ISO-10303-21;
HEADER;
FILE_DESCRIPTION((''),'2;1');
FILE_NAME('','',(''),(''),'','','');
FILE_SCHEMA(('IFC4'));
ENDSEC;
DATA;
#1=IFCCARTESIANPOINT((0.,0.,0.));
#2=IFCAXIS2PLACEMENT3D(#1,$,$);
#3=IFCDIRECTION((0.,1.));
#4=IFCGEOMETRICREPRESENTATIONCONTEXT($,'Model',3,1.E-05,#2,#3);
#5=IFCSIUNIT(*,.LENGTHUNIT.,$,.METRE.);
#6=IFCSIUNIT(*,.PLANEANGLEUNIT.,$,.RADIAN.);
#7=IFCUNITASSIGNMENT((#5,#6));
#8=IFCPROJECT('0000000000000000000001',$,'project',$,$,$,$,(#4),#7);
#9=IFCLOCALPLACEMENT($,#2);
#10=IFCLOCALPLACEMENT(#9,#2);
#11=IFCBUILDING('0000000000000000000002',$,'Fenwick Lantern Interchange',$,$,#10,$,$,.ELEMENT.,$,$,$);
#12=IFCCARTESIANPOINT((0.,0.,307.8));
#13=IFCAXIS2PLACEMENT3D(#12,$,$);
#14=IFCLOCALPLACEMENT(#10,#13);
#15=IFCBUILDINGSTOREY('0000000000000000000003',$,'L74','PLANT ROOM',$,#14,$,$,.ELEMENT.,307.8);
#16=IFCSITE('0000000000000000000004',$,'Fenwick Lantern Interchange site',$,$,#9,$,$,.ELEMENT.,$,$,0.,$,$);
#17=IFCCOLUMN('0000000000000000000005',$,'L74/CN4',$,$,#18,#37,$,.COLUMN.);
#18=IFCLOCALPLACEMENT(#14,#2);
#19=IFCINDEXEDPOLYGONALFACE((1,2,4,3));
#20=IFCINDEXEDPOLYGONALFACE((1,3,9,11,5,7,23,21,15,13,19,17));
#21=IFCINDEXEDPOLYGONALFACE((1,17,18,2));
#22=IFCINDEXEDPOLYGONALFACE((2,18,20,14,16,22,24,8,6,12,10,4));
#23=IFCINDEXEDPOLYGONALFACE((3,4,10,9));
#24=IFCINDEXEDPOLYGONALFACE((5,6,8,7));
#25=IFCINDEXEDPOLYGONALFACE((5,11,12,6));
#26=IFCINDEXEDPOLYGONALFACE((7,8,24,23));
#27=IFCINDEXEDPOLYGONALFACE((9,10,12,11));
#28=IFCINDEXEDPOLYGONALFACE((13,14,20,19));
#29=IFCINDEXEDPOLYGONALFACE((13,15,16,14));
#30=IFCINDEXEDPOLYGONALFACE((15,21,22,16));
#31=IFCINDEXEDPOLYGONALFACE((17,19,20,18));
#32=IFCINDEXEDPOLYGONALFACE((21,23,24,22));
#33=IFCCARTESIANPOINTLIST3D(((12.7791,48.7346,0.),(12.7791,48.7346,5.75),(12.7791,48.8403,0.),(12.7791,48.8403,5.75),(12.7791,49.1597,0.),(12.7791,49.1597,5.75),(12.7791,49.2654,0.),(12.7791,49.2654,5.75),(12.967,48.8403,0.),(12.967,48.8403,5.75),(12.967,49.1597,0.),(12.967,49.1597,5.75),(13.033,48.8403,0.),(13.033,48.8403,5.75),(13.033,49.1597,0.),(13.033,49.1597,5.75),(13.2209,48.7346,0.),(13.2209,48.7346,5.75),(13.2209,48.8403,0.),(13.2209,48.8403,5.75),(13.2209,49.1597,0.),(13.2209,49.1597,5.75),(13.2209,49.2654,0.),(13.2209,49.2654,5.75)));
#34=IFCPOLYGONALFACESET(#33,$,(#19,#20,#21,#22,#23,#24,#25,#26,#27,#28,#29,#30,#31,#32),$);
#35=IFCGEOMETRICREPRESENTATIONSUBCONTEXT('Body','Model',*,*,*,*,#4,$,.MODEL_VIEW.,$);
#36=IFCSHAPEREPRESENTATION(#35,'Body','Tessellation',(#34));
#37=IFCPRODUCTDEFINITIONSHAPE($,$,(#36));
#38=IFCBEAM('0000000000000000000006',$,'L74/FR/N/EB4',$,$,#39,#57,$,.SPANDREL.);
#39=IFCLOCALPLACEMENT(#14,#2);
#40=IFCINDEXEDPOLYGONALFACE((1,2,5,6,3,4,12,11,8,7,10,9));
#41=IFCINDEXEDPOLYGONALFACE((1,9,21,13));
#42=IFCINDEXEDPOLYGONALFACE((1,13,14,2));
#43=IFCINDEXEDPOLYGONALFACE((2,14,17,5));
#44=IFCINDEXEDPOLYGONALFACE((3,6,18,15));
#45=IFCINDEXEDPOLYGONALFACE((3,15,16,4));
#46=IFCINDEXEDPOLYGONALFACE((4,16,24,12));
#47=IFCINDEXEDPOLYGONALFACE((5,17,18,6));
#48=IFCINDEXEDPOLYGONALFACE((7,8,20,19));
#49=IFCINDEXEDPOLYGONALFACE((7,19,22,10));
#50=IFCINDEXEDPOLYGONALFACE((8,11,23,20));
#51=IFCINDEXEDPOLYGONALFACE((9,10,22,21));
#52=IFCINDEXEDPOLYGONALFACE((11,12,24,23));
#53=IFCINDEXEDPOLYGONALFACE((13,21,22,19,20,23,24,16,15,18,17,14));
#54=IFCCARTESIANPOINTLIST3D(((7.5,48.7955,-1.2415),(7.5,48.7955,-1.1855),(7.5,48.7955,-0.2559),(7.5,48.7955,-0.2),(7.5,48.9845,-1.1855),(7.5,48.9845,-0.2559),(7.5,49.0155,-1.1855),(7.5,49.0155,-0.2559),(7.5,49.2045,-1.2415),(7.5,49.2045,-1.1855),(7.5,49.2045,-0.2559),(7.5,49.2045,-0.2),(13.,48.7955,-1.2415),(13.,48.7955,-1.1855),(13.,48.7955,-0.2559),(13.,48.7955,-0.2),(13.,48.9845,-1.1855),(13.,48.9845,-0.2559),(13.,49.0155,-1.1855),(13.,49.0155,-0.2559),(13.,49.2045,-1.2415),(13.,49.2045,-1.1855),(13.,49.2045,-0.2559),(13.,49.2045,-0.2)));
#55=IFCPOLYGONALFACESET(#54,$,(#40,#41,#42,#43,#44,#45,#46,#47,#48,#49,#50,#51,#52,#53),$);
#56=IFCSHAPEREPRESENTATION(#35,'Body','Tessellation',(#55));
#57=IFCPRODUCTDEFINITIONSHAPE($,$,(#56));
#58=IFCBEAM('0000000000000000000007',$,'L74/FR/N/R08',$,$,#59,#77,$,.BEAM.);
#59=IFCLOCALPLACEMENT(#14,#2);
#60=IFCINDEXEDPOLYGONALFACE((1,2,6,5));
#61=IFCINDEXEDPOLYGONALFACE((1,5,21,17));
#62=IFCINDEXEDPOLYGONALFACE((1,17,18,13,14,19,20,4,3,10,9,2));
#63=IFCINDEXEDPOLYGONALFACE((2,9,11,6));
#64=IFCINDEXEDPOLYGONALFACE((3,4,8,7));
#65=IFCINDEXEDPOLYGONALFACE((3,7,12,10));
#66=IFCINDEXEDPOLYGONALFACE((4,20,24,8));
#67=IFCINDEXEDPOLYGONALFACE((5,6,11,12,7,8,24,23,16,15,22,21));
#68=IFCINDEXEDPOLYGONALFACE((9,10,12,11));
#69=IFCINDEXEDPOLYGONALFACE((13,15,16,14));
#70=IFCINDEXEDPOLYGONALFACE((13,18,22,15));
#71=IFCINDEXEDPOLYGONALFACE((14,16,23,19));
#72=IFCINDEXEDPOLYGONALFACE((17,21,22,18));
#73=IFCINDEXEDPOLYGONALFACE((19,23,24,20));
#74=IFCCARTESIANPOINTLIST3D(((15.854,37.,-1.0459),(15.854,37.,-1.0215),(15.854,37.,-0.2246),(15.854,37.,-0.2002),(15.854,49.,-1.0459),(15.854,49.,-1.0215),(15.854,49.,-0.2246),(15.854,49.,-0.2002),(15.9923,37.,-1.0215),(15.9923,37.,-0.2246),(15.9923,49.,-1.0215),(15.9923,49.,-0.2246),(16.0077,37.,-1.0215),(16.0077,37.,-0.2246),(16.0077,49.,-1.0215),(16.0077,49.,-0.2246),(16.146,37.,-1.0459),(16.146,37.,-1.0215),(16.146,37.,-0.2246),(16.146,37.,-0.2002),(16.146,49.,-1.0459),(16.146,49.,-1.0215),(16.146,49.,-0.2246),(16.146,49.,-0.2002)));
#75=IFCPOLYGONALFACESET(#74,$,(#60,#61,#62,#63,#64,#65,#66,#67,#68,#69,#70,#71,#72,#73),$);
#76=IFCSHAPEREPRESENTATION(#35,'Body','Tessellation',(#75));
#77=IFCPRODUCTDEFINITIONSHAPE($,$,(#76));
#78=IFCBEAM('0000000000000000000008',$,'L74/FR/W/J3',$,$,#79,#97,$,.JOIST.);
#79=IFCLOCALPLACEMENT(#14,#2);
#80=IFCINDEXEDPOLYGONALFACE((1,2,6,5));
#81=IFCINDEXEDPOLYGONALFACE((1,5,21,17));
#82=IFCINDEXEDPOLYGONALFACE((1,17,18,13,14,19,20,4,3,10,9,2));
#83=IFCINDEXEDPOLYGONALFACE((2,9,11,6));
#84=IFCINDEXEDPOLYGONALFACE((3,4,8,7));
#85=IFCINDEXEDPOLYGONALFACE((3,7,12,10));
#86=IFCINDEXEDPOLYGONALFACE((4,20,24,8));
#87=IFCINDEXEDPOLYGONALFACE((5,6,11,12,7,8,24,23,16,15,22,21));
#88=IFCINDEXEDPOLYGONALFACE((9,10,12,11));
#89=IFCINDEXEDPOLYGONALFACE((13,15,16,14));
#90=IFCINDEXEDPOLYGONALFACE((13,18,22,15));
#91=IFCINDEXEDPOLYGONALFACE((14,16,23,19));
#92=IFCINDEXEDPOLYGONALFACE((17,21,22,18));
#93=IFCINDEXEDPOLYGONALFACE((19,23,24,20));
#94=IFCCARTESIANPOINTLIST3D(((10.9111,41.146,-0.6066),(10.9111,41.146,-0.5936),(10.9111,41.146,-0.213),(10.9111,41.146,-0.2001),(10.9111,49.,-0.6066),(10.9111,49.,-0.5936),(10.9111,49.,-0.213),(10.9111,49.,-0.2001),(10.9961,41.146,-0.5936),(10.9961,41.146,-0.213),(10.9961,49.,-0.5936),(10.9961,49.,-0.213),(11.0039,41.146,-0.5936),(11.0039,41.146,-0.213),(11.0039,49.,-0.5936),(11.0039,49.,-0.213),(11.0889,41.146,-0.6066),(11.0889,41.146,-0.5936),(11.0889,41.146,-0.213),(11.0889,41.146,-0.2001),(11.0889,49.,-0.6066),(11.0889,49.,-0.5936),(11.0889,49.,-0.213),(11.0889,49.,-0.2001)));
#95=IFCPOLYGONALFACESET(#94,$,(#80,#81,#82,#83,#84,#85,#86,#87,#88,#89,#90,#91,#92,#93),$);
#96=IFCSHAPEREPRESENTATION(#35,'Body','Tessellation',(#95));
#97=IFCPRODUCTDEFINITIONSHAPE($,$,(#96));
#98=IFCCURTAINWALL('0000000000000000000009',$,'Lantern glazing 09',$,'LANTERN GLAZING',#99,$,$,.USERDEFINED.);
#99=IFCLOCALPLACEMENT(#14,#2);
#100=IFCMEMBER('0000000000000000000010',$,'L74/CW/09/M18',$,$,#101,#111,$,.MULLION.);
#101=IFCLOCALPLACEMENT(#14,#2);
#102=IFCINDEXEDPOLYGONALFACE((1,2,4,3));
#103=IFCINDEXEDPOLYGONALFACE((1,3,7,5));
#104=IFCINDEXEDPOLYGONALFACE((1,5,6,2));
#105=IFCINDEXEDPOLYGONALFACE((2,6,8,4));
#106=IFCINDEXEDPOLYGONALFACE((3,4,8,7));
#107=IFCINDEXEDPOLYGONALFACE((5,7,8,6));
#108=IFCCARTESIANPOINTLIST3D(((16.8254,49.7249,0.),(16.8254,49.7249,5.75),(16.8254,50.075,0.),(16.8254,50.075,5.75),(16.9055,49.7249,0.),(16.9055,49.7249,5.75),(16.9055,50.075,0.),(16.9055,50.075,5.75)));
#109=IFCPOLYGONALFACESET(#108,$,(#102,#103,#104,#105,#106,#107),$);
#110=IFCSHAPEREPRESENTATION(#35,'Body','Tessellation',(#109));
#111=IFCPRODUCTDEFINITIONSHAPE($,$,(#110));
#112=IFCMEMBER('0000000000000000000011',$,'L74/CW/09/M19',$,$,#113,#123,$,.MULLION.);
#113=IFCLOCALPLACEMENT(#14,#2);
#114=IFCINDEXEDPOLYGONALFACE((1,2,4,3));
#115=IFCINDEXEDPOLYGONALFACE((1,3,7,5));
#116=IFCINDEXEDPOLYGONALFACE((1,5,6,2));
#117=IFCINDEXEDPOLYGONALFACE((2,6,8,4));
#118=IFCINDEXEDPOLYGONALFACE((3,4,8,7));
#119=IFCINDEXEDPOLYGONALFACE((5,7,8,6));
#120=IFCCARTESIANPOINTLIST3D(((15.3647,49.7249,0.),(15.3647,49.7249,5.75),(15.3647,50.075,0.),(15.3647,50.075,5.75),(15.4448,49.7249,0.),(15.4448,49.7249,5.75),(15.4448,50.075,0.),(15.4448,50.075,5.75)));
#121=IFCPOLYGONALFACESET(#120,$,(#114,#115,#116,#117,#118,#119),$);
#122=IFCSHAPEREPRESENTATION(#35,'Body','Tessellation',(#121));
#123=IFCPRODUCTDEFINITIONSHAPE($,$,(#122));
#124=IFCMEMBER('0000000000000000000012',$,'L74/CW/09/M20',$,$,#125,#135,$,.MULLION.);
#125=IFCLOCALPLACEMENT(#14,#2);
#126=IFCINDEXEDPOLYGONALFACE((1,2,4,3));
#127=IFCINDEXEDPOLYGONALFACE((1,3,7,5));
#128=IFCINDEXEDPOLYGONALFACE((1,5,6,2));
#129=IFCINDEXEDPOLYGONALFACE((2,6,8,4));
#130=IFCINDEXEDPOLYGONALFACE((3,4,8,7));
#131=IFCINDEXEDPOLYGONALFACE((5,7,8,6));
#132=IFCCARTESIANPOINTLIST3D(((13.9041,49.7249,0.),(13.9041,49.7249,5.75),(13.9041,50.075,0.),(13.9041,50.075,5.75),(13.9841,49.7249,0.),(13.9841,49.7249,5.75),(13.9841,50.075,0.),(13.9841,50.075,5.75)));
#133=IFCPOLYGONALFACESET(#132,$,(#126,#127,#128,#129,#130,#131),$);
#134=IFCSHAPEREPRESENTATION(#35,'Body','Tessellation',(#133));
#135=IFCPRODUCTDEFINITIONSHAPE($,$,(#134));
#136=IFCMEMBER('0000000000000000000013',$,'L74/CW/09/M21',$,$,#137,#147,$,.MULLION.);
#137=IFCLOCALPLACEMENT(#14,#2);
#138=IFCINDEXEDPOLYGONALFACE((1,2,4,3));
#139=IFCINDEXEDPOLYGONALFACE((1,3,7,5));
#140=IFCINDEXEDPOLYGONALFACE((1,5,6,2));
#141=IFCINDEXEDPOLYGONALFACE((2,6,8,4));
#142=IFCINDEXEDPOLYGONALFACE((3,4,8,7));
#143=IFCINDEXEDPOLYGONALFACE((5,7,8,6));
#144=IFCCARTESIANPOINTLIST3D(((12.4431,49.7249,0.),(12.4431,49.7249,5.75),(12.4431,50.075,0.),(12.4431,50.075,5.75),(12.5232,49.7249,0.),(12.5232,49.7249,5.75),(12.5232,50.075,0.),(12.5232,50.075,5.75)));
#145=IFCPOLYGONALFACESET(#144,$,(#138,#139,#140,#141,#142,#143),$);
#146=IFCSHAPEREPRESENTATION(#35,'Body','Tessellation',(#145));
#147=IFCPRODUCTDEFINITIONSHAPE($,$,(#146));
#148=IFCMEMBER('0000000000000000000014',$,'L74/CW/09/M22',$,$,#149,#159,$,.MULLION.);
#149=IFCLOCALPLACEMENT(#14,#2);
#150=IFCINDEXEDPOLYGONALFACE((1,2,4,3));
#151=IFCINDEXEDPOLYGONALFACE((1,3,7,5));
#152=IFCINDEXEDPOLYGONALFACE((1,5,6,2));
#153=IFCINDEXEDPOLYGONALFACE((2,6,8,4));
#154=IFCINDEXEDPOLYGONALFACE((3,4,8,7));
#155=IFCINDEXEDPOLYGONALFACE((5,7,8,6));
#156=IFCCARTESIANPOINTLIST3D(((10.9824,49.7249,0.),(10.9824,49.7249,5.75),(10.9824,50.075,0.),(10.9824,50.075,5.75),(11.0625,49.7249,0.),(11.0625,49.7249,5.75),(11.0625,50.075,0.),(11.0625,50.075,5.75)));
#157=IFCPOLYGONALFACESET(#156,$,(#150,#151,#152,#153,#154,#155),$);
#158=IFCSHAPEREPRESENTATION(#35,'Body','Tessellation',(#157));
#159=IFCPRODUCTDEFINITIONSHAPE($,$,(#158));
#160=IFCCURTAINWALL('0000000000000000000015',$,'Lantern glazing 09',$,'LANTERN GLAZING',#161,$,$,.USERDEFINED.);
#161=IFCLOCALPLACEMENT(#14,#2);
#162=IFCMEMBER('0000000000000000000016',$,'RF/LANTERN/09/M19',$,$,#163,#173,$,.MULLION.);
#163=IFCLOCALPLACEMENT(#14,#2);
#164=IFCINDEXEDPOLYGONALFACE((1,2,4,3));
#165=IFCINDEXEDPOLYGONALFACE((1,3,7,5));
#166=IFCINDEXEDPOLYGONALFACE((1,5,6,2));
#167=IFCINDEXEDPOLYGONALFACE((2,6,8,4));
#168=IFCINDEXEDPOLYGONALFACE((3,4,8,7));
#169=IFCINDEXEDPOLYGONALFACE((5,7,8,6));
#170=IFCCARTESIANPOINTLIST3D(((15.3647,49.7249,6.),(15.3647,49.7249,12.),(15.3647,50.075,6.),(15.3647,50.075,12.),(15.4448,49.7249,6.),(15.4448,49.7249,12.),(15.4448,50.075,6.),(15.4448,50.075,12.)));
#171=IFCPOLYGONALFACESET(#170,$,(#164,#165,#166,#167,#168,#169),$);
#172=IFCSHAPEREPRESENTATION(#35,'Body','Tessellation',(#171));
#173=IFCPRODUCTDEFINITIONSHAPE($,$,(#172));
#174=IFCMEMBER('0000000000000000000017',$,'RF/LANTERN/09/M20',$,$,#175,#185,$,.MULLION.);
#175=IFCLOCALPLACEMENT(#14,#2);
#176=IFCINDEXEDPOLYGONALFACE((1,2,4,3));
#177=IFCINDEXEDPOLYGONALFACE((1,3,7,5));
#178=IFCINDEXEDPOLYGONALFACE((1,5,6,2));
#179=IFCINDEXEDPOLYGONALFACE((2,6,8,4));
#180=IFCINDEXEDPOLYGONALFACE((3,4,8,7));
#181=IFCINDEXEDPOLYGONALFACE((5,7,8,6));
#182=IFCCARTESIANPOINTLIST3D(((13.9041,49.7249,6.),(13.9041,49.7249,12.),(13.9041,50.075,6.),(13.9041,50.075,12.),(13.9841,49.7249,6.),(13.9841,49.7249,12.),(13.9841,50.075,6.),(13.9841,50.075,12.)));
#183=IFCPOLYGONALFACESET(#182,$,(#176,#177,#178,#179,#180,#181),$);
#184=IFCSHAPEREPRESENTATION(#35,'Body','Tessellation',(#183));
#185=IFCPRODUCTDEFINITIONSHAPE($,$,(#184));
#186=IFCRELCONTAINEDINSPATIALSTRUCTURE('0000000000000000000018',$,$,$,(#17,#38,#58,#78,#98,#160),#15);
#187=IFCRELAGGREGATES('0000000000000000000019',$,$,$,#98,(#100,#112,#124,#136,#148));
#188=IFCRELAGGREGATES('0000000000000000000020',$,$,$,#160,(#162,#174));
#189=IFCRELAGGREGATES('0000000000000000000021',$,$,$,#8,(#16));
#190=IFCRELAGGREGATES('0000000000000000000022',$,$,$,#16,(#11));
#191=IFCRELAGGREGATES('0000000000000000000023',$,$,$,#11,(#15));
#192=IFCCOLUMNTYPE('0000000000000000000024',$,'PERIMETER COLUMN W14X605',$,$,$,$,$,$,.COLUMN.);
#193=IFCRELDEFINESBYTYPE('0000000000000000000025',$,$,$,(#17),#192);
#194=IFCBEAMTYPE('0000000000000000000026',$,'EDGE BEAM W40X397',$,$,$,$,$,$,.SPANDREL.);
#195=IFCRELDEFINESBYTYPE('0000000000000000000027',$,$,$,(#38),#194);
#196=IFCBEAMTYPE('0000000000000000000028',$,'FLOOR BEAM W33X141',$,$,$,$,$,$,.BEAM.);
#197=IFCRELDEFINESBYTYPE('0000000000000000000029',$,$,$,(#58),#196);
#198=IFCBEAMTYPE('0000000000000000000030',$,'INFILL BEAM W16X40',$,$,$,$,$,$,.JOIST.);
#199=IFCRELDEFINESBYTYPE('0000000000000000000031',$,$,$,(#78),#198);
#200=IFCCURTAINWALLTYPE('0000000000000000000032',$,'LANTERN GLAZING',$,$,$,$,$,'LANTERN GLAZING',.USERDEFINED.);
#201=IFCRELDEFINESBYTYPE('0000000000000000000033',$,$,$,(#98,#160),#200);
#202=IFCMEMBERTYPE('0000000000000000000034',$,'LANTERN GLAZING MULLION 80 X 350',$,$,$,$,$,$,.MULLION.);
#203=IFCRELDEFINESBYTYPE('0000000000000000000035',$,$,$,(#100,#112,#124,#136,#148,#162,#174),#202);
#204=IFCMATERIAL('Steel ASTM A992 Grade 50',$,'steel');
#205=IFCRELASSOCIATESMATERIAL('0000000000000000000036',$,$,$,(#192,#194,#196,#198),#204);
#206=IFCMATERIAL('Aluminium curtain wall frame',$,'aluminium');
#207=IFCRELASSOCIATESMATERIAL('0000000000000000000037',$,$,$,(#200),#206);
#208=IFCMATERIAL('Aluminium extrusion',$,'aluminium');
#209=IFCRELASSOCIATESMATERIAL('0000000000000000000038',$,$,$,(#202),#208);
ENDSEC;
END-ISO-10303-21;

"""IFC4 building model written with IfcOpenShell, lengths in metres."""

from ifc_helpers import new_model, si_unit, direction, frame, origin, origin_2d, place, context, subcontext, project, spatial, rectangle, i_section, extrude, material, material_profile, profile_set, type_object, element, aggregate, save


model = new_model("IFC4")

# Units and contexts
model_context = context("Model", 3, precision=1e-05, world=origin(), true_north=direction((0.0, 1.0)))
body_context = subcontext(model_context, "Body", "Model", "MODEL_VIEW")
ifc_project = project(units=[si_unit("LENGTHUNIT", "METRE"), si_unit("PLANEANGLEUNIT", "RADIAN")], contexts=[model_context])

# Site, building, storey
site_placement = place(None, origin())
site = spatial("IfcSite", under=ifc_project, at=site_placement, Name="Fenwick Lantern Interchange site", CompositionType="ELEMENT", RefElevation=0.0)
building_placement = place(site_placement, origin())
building = spatial("IfcBuilding", under=site, at=building_placement, Name="Fenwick Lantern Interchange", CompositionType="ELEMENT")
storey_placement = place(building_placement, frame((0.0, 0.0, 307.8)))
storey = spatial("IfcBuildingStorey", under=building, at=storey_placement, Name="L74", Description="PLANT ROOM", CompositionType="ELEMENT", Elevation=307.8)

# Column
ifc_material_1 = material(Name="Steel ASTM A992 Grade 50", Category="steel")
ifc_material_profile_1 = material_profile(ifc_material_1, i_section(OverallWidth=0.4419, OverallDepth=0.5308, WebThickness=0.0659, FlangeThickness=0.1057, at=origin_2d()), Name="W14X605")
ifc_profile_set_1 = profile_set([ifc_material_profile_1], Name="Steel ASTM A992 Grade 50")
column_type = type_object("IfcColumnType", Name="PERIMETER COLUMN W14X605", PredefinedType="COLUMN", material=ifc_profile_set_1)
column_placement = place(storey_placement, frame((13.0, 49.0, 0.0), z_axis=(0.0, 0.0, 1.0), x_axis=(1.0, 0.0, 0.0)))
element("IfcColumn", 1, at=column_placement, inside=storey, type_object=column_type, Name="L74/CN4", PredefinedType="COLUMN", context=body_context, shape_type="SweptSolid", body=[
    extrude(i_section(OverallWidth=0.4419, OverallDepth=0.5308, WebThickness=0.0659, FlangeThickness=0.1057, at=origin_2d()), origin(), (0.0, 0.0, 1.0), 5.75),
])

# Beams
ifc_material_profile_2 = material_profile(ifc_material_1, i_section(OverallWidth=0.4089, OverallDepth=1.0415, WebThickness=0.031, FlangeThickness=0.0559, at=origin_2d()), Name="W40X397")
ifc_profile_set_2 = profile_set([ifc_material_profile_2], Name="Steel ASTM A992 Grade 50")
beam_type_1 = type_object("IfcBeamType", Name="EDGE BEAM W40X397", PredefinedType="SPANDREL", material=ifc_profile_set_2)
beam_1_placement = place(storey_placement, frame((13.0, 49.0, -0.7207), z_axis=(-1.0, 0.0, 0.0), x_axis=(0.0, -1.0, 0.0)))
element("IfcBeam", 2, at=beam_1_placement, inside=storey, type_object=beam_type_1, Name="L74/FR/N/EB4", PredefinedType="SPANDREL", context=body_context, shape_type="SweptSolid", body=[
    extrude(i_section(OverallWidth=0.4089, OverallDepth=1.0415, WebThickness=0.031, FlangeThickness=0.0559, at=origin_2d()), origin(), (0.0, 0.0, 1.0), 5.5),
])
ifc_material_profile_3 = material_profile(ifc_material_1, i_section(OverallWidth=0.292, OverallDepth=0.8457, WebThickness=0.0154, FlangeThickness=0.0244, at=origin_2d()), Name="W33X141")
ifc_profile_set_3 = profile_set([ifc_material_profile_3], Name="Steel ASTM A992 Grade 50")
beam_type_2 = type_object("IfcBeamType", Name="FLOOR BEAM W33X141", PredefinedType="BEAM", material=ifc_profile_set_3)
beam_2_placement = place(storey_placement, frame((16.0, 49.0, -0.623), z_axis=(0.0, -1.0, 0.0), x_axis=(1.0, 0.0, 0.0)))
element("IfcBeam", 3, at=beam_2_placement, inside=storey, type_object=beam_type_2, Name="L74/FR/N/R08", PredefinedType="BEAM", context=body_context, shape_type="SweptSolid", body=[
    extrude(i_section(OverallWidth=0.292, OverallDepth=0.8457, WebThickness=0.0154, FlangeThickness=0.0244, at=origin_2d()), origin(), (0.0, 0.0, 1.0), 12.0),
])
ifc_material_profile_4 = material_profile(ifc_material_1, i_section(OverallWidth=0.1777, OverallDepth=0.4065, WebThickness=0.0078, FlangeThickness=0.0129, at=origin_2d()), Name="W16X40")
ifc_profile_set_4 = profile_set([ifc_material_profile_4], Name="Steel ASTM A992 Grade 50")
beam_type_3 = type_object("IfcBeamType", Name="INFILL BEAM W16X40", PredefinedType="JOIST", material=ifc_profile_set_4)
beam_3_placement = place(storey_placement, frame((11.0, 49.0, -0.4033), z_axis=(0.0, -1.0, 0.0), x_axis=(1.0, 0.0, 0.0)))
element("IfcBeam", 4, at=beam_3_placement, inside=storey, type_object=beam_type_3, Name="L74/FR/W/J3", PredefinedType="JOIST", context=body_context, shape_type="SweptSolid", body=[
    extrude(i_section(OverallWidth=0.1777, OverallDepth=0.4065, WebThickness=0.0078, FlangeThickness=0.0129, at=origin_2d()), origin(), (0.0, 0.0, 1.0), 7.854),
])

# Curtain walls, members
ifc_material_2 = material(Name="Aluminium curtain wall frame", Category="aluminium")
curtain_wall_type = type_object("IfcCurtainWallType", Name="LANTERN GLAZING", ElementType="LANTERN GLAZING", PredefinedType="USERDEFINED", material=ifc_material_2)
curtain_wall_1_placement = place(storey_placement, origin())
curtain_wall_1 = element("IfcCurtainWall", 5, at=curtain_wall_1_placement, inside=storey, type_object=curtain_wall_type, Name="Lantern glazing 09", ObjectType="LANTERN GLAZING", PredefinedType="USERDEFINED")
ifc_material_3 = material(Name="Aluminium extrusion", Category="aluminium")
ifc_material_profile_5 = material_profile(ifc_material_3, rectangle(XDim=0.3501, YDim=0.0801, at=origin_2d()), Name="LANTERN GLAZING MULLION 80 X 350")
ifc_profile_set_5 = profile_set([ifc_material_profile_5], Name="Aluminium extrusion")
member_type_1 = type_object("IfcMemberType", Name="LANTERN GLAZING MULLION 80 X 350", PredefinedType="MULLION", material=ifc_profile_set_5)
member_1_placement = place(storey_placement, frame((16.8655, 49.8999, 0.0), z_axis=(0.0, 0.0, 1.0), x_axis=(0.0, -1.0, 0.0)))
member_1 = element("IfcMember", 6, at=member_1_placement, type_object=member_type_1, Name="L74/CW/09/M18", PredefinedType="MULLION", context=body_context, shape_type="SweptSolid", body=[
    extrude(rectangle(XDim=0.3501, YDim=0.0801, at=origin_2d()), origin(), (0.0, 0.0, 1.0), 5.75),
])
member_2_placement = place(storey_placement, frame((15.4048, 49.8999, 0.0), z_axis=(0.0, 0.0, 1.0), x_axis=(0.0, -1.0, 0.0)))
member_2 = element("IfcMember", 7, at=member_2_placement, type_object=member_type_1, Name="L74/CW/09/M19", PredefinedType="MULLION", context=body_context, shape_type="SweptSolid", body=[
    extrude(rectangle(XDim=0.3501, YDim=0.0801, at=origin_2d()), origin(), (0.0, 0.0, 1.0), 5.75),
])
member_3_placement = place(storey_placement, frame((13.9441, 49.8999, 0.0), z_axis=(0.0, 0.0, 1.0), x_axis=(0.0, -1.0, 0.0)))
member_3 = element("IfcMember", 8, at=member_3_placement, type_object=member_type_1, Name="L74/CW/09/M20", PredefinedType="MULLION", context=body_context, shape_type="SweptSolid", body=[
    extrude(rectangle(XDim=0.3501, YDim=0.0801, at=origin_2d()), origin(), (0.0, 0.0, 1.0), 5.75),
])
member_4_placement = place(storey_placement, frame((12.4832, 49.8999, 0.0), z_axis=(0.0, 0.0, 1.0), x_axis=(0.0, -1.0, 0.0)))
member_4 = element("IfcMember", 9, at=member_4_placement, type_object=member_type_1, Name="L74/CW/09/M21", PredefinedType="MULLION", context=body_context, shape_type="SweptSolid", body=[
    extrude(rectangle(XDim=0.3501, YDim=0.0801, at=origin_2d()), origin(), (0.0, 0.0, 1.0), 5.75),
])
member_5_placement = place(storey_placement, frame((11.0225, 49.8999, 0.0), z_axis=(0.0, 0.0, 1.0), x_axis=(0.0, -1.0, 0.0)))
member_5 = element("IfcMember", 10, at=member_5_placement, type_object=member_type_1, Name="L74/CW/09/M22", PredefinedType="MULLION", context=body_context, shape_type="SweptSolid", body=[
    extrude(rectangle(XDim=0.3501, YDim=0.0801, at=origin_2d()), origin(), (0.0, 0.0, 1.0), 5.75),
])
curtain_wall_2_placement = place(storey_placement, origin())
curtain_wall_2 = element("IfcCurtainWall", 11, at=curtain_wall_2_placement, inside=storey, type_object=curtain_wall_type, Name="Lantern glazing 09", ObjectType="LANTERN GLAZING", PredefinedType="USERDEFINED")
member_6_placement = place(storey_placement, frame((15.4048, 49.8999, 6.0), z_axis=(0.0, 0.0, 1.0), x_axis=(0.0, -1.0, 0.0)))
member_6 = element("IfcMember", 12, at=member_6_placement, type_object=member_type_1, Name="RF/LANTERN/09/M19", PredefinedType="MULLION", context=body_context, shape_type="SweptSolid", body=[
    extrude(rectangle(XDim=0.3501, YDim=0.0801, at=origin_2d()), origin(), (0.0, 0.0, 1.0), 6.0),
])
member_7_placement = place(storey_placement, frame((13.9441, 49.8999, 6.0), z_axis=(0.0, 0.0, 1.0), x_axis=(0.0, -1.0, 0.0)))
member_7 = element("IfcMember", 13, at=member_7_placement, type_object=member_type_1, Name="RF/LANTERN/09/M20", PredefinedType="MULLION", context=body_context, shape_type="SweptSolid", body=[
    extrude(rectangle(XDim=0.3501, YDim=0.0801, at=origin_2d()), origin(), (0.0, 0.0, 1.0), 6.0),
])

aggregate(curtain_wall_1, [member_1, member_2, member_3, member_4, member_5])
aggregate(curtain_wall_2, [member_6, member_7])

save(model, "model.ifc")
